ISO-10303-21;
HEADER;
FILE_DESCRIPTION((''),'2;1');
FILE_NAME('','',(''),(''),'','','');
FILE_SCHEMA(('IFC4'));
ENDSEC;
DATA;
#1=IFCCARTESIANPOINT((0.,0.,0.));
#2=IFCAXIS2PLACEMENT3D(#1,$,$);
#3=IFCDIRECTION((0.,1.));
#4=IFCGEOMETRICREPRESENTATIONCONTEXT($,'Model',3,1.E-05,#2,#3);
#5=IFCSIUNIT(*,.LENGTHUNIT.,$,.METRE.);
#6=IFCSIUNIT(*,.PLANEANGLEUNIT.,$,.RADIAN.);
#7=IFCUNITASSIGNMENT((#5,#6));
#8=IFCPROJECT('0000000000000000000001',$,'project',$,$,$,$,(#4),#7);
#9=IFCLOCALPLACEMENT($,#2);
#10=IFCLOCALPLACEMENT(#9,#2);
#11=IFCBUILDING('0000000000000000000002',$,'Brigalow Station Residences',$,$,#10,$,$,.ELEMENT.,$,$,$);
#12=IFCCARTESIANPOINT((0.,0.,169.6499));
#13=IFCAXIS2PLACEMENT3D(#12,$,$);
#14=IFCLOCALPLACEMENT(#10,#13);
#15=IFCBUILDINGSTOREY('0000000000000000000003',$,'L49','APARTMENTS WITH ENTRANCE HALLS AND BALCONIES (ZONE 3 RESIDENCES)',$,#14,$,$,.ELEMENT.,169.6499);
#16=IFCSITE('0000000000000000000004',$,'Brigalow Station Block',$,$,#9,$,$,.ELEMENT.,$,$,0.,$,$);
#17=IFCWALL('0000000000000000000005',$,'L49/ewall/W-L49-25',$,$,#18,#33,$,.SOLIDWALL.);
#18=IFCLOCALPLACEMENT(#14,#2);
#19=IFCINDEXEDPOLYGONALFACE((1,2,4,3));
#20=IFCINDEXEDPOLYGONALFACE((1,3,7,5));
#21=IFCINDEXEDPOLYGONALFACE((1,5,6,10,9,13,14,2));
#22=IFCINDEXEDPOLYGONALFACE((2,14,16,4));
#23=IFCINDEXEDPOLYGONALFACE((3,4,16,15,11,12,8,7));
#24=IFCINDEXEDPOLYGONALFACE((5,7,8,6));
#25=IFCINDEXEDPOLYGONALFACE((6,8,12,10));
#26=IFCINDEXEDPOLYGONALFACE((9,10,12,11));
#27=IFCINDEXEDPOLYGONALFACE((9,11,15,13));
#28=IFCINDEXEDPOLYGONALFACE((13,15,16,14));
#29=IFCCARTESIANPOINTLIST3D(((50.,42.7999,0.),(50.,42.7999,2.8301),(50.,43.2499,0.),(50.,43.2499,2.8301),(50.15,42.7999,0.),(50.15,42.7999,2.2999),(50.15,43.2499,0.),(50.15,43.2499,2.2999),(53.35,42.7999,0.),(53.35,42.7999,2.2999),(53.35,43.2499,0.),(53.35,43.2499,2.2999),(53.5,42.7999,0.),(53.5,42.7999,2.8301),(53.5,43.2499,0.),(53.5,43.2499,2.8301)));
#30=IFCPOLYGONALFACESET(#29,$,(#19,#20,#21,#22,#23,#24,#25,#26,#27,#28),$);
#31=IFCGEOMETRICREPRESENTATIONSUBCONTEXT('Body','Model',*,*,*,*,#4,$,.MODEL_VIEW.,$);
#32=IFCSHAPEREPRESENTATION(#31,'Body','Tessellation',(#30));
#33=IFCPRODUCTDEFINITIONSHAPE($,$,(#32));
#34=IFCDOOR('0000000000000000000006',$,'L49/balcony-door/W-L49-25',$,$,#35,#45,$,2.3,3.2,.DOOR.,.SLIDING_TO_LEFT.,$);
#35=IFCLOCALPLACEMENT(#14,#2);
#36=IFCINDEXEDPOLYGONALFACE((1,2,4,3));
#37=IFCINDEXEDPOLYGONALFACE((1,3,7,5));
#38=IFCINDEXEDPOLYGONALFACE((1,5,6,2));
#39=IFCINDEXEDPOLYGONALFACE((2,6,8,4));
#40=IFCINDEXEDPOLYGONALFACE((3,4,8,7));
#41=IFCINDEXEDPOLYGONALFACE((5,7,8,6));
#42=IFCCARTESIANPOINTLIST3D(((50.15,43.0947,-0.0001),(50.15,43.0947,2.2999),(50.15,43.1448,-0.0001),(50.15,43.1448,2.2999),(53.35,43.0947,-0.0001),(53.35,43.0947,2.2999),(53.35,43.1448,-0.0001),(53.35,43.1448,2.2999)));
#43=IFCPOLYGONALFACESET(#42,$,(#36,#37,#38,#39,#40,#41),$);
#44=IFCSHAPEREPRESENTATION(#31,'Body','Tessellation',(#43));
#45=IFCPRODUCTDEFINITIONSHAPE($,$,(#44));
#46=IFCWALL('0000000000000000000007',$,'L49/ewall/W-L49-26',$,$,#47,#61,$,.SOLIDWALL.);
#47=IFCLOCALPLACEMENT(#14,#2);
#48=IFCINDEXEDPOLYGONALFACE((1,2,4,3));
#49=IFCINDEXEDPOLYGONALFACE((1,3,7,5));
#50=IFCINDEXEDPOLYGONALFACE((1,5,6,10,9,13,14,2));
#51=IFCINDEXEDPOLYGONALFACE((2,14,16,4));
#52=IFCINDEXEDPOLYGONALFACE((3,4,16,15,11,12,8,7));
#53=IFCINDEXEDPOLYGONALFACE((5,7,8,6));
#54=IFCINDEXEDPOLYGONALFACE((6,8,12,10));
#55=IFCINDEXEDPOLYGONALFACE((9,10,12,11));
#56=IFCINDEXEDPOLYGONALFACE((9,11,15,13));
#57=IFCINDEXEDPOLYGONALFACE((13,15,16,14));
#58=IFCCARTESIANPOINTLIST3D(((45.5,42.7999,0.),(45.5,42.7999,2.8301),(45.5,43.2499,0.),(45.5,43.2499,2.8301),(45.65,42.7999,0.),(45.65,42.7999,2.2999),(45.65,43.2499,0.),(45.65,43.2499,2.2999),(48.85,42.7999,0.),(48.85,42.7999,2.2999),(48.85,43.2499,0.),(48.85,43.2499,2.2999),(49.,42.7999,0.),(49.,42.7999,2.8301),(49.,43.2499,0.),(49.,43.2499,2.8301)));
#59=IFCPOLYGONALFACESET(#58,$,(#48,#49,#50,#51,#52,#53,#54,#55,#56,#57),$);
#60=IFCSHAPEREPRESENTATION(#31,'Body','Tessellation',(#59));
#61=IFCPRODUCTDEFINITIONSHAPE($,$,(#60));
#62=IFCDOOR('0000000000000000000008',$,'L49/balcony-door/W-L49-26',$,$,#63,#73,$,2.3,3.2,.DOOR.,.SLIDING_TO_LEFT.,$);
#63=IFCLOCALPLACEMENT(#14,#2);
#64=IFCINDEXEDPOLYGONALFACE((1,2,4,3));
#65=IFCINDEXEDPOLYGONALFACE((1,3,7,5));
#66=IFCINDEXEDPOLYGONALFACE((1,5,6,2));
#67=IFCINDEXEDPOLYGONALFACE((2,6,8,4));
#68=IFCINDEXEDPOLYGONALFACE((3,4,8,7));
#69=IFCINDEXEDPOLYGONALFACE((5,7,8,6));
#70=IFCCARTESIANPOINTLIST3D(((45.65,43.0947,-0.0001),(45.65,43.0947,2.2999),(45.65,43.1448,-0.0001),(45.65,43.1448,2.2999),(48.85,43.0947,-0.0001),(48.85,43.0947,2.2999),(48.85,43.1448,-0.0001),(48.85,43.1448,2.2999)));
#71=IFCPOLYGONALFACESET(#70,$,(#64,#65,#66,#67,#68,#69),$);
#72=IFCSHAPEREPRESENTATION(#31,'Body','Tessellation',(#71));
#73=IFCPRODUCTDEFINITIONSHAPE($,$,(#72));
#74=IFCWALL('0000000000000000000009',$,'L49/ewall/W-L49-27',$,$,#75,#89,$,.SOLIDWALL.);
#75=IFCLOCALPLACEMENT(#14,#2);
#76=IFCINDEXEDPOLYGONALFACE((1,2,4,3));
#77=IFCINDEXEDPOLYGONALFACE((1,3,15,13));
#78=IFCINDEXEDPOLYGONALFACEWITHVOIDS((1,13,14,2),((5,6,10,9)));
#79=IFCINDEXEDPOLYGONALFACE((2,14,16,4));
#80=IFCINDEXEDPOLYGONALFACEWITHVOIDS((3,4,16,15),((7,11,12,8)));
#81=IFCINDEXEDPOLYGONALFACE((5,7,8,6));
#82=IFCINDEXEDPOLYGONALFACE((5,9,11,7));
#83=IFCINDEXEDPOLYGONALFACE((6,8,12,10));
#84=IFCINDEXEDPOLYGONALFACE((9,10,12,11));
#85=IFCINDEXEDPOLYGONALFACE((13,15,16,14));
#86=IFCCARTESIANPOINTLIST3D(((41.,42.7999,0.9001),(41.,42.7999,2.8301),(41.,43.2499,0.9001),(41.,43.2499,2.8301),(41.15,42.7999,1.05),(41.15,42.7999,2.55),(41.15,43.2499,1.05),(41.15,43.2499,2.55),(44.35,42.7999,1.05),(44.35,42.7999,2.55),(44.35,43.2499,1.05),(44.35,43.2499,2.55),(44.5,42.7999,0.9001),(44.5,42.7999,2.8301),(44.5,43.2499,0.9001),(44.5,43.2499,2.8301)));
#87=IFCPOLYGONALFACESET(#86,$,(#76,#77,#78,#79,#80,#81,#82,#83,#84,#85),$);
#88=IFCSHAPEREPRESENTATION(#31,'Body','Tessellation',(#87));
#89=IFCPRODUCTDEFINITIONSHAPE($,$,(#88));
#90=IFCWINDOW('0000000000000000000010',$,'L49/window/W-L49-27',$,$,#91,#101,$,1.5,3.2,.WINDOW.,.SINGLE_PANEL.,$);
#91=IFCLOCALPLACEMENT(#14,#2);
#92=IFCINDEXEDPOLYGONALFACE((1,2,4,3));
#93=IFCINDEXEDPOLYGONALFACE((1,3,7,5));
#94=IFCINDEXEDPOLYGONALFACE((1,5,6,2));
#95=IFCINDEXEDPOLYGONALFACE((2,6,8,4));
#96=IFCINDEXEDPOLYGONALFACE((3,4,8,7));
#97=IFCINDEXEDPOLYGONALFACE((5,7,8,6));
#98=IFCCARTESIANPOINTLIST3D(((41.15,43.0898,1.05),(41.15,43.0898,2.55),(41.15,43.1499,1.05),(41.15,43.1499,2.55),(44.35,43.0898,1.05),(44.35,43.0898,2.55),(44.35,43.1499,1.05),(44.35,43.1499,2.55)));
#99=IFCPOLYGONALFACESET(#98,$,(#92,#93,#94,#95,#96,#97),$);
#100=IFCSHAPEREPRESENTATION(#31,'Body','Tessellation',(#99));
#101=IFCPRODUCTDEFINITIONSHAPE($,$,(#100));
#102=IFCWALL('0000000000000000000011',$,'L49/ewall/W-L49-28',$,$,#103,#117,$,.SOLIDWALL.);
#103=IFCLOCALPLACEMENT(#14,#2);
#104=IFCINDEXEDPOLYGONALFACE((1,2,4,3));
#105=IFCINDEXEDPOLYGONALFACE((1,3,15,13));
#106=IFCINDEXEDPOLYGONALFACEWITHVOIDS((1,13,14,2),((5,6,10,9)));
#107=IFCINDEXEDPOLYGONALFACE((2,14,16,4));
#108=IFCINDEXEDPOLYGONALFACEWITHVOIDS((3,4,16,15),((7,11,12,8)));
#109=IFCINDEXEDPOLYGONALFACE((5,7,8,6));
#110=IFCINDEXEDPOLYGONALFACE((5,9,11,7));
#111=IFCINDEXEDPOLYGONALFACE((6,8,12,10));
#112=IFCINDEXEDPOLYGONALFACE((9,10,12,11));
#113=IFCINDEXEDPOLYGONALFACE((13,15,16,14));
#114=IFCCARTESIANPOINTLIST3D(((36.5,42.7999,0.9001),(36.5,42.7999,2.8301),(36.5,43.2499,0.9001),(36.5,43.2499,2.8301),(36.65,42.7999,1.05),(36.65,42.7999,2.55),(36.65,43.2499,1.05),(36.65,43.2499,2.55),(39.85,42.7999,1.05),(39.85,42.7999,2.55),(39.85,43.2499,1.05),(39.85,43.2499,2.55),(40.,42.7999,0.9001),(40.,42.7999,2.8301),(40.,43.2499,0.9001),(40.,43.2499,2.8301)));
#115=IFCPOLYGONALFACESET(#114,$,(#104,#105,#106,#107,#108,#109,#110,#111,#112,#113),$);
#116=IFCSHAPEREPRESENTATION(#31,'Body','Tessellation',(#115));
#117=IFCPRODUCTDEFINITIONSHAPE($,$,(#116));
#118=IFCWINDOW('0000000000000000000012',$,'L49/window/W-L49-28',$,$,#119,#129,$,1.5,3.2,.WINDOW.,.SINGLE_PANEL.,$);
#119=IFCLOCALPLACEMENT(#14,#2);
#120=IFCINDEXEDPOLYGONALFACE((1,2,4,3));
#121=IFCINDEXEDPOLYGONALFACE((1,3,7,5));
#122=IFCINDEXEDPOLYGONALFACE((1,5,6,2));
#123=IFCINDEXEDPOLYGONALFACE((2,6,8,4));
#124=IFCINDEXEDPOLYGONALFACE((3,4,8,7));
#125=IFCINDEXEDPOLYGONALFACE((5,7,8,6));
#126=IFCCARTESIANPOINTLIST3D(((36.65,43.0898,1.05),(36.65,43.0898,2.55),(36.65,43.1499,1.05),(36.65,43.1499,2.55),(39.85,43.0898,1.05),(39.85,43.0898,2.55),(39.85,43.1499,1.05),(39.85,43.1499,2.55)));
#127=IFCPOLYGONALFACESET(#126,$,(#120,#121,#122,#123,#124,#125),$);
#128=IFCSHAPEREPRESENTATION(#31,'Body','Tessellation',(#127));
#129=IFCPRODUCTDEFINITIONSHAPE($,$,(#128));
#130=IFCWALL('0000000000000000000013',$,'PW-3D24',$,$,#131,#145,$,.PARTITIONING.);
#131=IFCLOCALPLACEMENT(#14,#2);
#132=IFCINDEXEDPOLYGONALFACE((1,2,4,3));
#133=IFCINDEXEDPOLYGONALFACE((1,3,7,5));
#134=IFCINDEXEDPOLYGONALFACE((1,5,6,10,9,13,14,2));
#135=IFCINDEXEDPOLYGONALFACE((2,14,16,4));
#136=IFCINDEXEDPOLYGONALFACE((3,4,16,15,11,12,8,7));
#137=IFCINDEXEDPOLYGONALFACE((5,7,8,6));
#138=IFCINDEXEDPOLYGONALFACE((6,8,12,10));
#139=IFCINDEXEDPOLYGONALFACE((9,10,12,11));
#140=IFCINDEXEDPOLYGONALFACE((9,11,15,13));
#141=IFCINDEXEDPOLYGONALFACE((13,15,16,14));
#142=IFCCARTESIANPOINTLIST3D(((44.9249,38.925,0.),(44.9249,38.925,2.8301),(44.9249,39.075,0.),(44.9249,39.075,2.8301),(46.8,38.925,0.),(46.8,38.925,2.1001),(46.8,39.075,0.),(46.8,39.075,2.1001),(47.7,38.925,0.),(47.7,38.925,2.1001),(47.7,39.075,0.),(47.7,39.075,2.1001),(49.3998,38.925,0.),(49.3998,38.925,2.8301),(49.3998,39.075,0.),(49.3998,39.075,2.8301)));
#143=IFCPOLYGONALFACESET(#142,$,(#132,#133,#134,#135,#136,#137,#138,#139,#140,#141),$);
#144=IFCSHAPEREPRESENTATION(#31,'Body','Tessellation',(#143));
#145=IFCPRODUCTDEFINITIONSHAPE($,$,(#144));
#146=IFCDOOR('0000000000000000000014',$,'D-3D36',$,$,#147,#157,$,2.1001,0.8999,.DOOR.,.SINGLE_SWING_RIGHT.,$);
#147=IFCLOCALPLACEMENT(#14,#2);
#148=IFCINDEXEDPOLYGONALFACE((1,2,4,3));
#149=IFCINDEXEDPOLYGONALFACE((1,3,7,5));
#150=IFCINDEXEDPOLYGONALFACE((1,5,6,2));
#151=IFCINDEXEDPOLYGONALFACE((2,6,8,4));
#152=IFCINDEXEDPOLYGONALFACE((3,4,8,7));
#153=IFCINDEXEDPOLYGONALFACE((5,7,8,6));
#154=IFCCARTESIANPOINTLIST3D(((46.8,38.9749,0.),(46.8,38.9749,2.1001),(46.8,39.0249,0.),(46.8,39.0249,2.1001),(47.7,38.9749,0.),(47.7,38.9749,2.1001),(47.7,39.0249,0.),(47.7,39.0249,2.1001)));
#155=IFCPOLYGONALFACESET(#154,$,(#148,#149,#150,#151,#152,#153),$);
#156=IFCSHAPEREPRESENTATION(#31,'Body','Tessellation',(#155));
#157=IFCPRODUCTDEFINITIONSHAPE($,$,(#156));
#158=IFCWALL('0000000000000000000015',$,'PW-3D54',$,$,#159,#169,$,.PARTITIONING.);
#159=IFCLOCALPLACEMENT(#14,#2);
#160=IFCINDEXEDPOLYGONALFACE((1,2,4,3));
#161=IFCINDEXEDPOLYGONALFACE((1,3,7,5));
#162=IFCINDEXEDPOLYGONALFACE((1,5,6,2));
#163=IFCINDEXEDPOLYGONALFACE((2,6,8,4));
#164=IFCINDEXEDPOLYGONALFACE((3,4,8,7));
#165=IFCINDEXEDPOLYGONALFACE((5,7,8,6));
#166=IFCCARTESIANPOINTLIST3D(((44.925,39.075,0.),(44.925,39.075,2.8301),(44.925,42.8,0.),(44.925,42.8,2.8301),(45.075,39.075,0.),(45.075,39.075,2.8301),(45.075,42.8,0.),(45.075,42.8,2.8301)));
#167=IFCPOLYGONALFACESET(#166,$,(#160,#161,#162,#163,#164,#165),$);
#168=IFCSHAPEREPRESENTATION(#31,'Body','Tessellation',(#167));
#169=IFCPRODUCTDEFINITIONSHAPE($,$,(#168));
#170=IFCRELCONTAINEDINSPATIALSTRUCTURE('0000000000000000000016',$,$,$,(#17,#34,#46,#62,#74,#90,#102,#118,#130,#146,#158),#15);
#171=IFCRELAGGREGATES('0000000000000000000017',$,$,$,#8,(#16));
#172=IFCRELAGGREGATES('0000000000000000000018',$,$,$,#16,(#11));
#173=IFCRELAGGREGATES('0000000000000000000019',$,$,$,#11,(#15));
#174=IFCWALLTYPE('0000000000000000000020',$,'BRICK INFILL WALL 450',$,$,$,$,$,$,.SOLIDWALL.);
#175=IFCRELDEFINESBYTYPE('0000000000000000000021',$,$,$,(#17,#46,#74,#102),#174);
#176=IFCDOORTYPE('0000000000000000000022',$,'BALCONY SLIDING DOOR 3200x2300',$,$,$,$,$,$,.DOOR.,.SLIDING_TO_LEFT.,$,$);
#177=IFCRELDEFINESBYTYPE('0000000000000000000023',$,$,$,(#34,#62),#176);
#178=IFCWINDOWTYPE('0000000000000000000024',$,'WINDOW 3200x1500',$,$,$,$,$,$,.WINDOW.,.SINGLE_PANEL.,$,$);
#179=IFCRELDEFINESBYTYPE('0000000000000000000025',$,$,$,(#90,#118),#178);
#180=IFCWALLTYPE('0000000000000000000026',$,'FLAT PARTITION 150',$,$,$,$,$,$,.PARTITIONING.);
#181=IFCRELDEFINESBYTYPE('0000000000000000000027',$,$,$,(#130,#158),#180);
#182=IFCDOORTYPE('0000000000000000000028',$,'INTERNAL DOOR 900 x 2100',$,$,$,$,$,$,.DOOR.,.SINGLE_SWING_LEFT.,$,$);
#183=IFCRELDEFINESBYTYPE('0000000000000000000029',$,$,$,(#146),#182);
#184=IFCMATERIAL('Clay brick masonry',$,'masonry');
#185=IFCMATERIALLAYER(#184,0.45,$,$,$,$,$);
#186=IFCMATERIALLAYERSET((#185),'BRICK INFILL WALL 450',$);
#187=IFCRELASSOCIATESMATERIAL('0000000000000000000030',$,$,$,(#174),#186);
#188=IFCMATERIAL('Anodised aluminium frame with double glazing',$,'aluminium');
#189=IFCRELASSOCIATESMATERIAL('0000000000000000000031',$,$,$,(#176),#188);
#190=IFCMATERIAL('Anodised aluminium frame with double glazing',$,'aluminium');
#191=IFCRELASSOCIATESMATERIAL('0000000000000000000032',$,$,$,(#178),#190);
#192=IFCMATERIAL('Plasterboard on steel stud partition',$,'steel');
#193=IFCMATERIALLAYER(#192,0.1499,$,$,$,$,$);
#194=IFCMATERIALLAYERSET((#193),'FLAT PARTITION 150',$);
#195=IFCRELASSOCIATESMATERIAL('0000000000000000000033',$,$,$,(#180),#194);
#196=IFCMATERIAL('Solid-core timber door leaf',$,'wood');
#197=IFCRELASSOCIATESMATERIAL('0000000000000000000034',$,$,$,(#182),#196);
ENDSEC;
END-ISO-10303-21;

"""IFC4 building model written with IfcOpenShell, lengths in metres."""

from ifc_helpers import new_model, si_unit, direction, frame, frame_2d, origin, place, context, subcontext, project, spatial, rectangle, extrude, material, layer, layer_set, type_object, element, fill, save


model = new_model("IFC4")

# Units and contexts
model_context = context("Model", 3, precision=1e-05, world=origin(), true_north=direction((0.0, 1.0)))
body_context = subcontext(model_context, "Body", "Model", "MODEL_VIEW")
ifc_project = project(units=[si_unit("LENGTHUNIT", "METRE"), si_unit("PLANEANGLEUNIT", "RADIAN")], contexts=[model_context])

# Site, building, storey
site_placement = place(None, origin())
site = spatial("IfcSite", under=ifc_project, at=site_placement, Name="Brigalow Station Block", CompositionType="ELEMENT", RefElevation=0.0)
building_placement = place(site_placement, origin())
building = spatial("IfcBuilding", under=site, at=building_placement, Name="Brigalow Station Residences", CompositionType="ELEMENT")
storey_placement = place(building_placement, frame((0.0, 0.0, 169.6499)))
storey = spatial("IfcBuildingStorey", under=building, at=storey_placement, Name="L49", Description="APARTMENTS WITH ENTRANCE HALLS AND BALCONIES (ZONE 3 RESIDENCES)", CompositionType="ELEMENT", Elevation=169.6499)

# Walls, openings, doors
ifc_material_1 = material(Name="Clay brick masonry", Category="masonry")
ifc_layer_1 = layer(ifc_material_1, 0.45)
ifc_layer_set_1 = layer_set([ifc_layer_1], Name="BRICK INFILL WALL 450")
wall_type_1 = type_object("IfcWallType", Name="BRICK INFILL WALL 450", PredefinedType="SOLIDWALL", material=ifc_layer_set_1)
wall_1_placement = place(storey_placement, frame((53.5, 43.0249, 0.0), z_axis=(0.0, 0.0, 1.0), x_axis=(-1.0, 0.0, 0.0)))
wall_1 = element("IfcWall", 1, at=wall_1_placement, inside=storey, type_object=wall_type_1, Name="L49/ewall/W-L49-25", PredefinedType="SOLIDWALL", context=body_context, shape_type="SweptSolid", body=[
    extrude(rectangle(XDim=3.5, YDim=0.45, at=frame_2d((1.75, 0.0))), origin(), (0.0, 0.0, 1.0), 2.8301),
])
opening_1_placement = place(wall_1_placement, frame((0.1499, 0.0, 0.0)))
opening_1 = element("IfcOpeningElement", 2, at=opening_1_placement, cuts=wall_1, PredefinedType="OPENING", context=body_context, shape_type="SweptSolid", body=[
    extrude(rectangle(XDim=3.2, YDim=2.3, at=frame_2d((1.6001, 1.1499))), frame((0.0, 0.2349, 0.0), z_axis=(0.0, -1.0, 0.0), x_axis=(1.0, 0.0, 0.0)), (0.0, 0.0, 1.0), 0.47),
])
ifc_material_2 = material(Name="Anodised aluminium frame with double glazing", Category="aluminium")
door_type_1 = type_object("IfcDoorType", Name="BALCONY SLIDING DOOR 3200x2300", OperationType="SLIDING_TO_LEFT", PredefinedType="DOOR", material=ifc_material_2)
door_1_placement = place(opening_1_placement, origin())
door_1 = element("IfcDoor", 3, at=door_1_placement, inside=storey, type_object=door_type_1, Name="L49/balcony-door/W-L49-25", OperationType="SLIDING_TO_LEFT", OverallHeight=2.3, OverallWidth=3.2, PredefinedType="DOOR", context=body_context, shape_type="SweptSolid", body=[
    extrude(rectangle(XDim=3.2, YDim=2.3, at=frame_2d((1.6001, 1.1499))), frame((0.0, -0.0698, 0.0), z_axis=(0.0, -1.0, 0.0), x_axis=(1.0, 0.0, 0.0)), (0.0, 0.0, 1.0), 0.05),
])
fill(opening_1, door_1)
wall_2_placement = place(storey_placement, frame((49.0, 43.0249, 0.0), z_axis=(0.0, 0.0, 1.0), x_axis=(-1.0, 0.0, 0.0)))
wall_2 = element("IfcWall", 4, at=wall_2_placement, inside=storey, type_object=wall_type_1, Name="L49/ewall/W-L49-26", PredefinedType="SOLIDWALL", context=body_context, shape_type="SweptSolid", body=[
    extrude(rectangle(XDim=3.5, YDim=0.45, at=frame_2d((1.75, 0.0))), origin(), (0.0, 0.0, 1.0), 2.8301),
])
opening_2_placement = place(wall_2_placement, frame((0.1499, 0.0, 0.0)))
opening_2 = element("IfcOpeningElement", 5, at=opening_2_placement, cuts=wall_2, PredefinedType="OPENING", context=body_context, shape_type="SweptSolid", body=[
    extrude(rectangle(XDim=3.2, YDim=2.3, at=frame_2d((1.6001, 1.1499))), frame((0.0, 0.2349, 0.0), z_axis=(0.0, -1.0, 0.0), x_axis=(1.0, 0.0, 0.0)), (0.0, 0.0, 1.0), 0.47),
])
door_2_placement = place(opening_2_placement, origin())
door_2 = element("IfcDoor", 6, at=door_2_placement, inside=storey, type_object=door_type_1, Name="L49/balcony-door/W-L49-26", OperationType="SLIDING_TO_LEFT", OverallHeight=2.3, OverallWidth=3.2, PredefinedType="DOOR", context=body_context, shape_type="SweptSolid", body=[
    extrude(rectangle(XDim=3.2, YDim=2.3, at=frame_2d((1.6001, 1.1499))), frame((0.0, -0.0698, 0.0), z_axis=(0.0, -1.0, 0.0), x_axis=(1.0, 0.0, 0.0)), (0.0, 0.0, 1.0), 0.05),
])
fill(opening_2, door_2)

# Walls, openings, windows
wall_3_placement = place(storey_placement, frame((44.5, 43.0249, 0.9001), z_axis=(0.0, 0.0, 1.0), x_axis=(-1.0, 0.0, 0.0)))
wall_3 = element("IfcWall", 7, at=wall_3_placement, inside=storey, type_object=wall_type_1, Name="L49/ewall/W-L49-27", PredefinedType="SOLIDWALL", context=body_context, shape_type="SweptSolid", body=[
    extrude(rectangle(XDim=3.5, YDim=0.45, at=frame_2d((1.75, 0.0))), origin(), (0.0, 0.0, 1.0), 1.9299),
])
opening_3_placement = place(wall_3_placement, frame((0.1499, 0.0, 0.1499)))
opening_3 = element("IfcOpeningElement", 8, at=opening_3_placement, cuts=wall_3, PredefinedType="OPENING", context=body_context, shape_type="SweptSolid", body=[
    extrude(rectangle(XDim=3.2, YDim=1.5, at=frame_2d((1.6001, 0.75))), frame((0.0, 0.2349, 0.0), z_axis=(0.0, -1.0, 0.0), x_axis=(1.0, 0.0, 0.0)), (0.0, 0.0, 1.0), 0.47),
])
ifc_material_3 = material(Name="Anodised aluminium frame with double glazing", Category="aluminium")
window_type = type_object("IfcWindowType", Name="WINDOW 3200x1500", PartitioningType="SINGLE_PANEL", PredefinedType="WINDOW", material=ifc_material_3)
window_1_placement = place(opening_3_placement, origin())
window_1 = element("IfcWindow", 9, at=window_1_placement, inside=storey, type_object=window_type, Name="L49/window/W-L49-27", OverallHeight=1.5, OverallWidth=3.2, PartitioningType="SINGLE_PANEL", PredefinedType="WINDOW", context=body_context, shape_type="SweptSolid", body=[
    extrude(rectangle(XDim=3.2, YDim=1.5, at=frame_2d((1.6001, 0.75))), frame((0.0, -0.0649, 0.0), z_axis=(0.0, -1.0, 0.0), x_axis=(1.0, 0.0, 0.0)), (0.0, 0.0, 1.0), 0.0601),
])
fill(opening_3, window_1)
wall_4_placement = place(storey_placement, frame((40.0, 43.0249, 0.9001), z_axis=(0.0, 0.0, 1.0), x_axis=(-1.0, 0.0, 0.0)))
wall_4 = element("IfcWall", 10, at=wall_4_placement, inside=storey, type_object=wall_type_1, Name="L49/ewall/W-L49-28", PredefinedType="SOLIDWALL", context=body_context, shape_type="SweptSolid", body=[
    extrude(rectangle(XDim=3.5, YDim=0.45, at=frame_2d((1.75, 0.0))), origin(), (0.0, 0.0, 1.0), 1.9299),
])
opening_4_placement = place(wall_4_placement, frame((0.1499, 0.0, 0.1499)))
opening_4 = element("IfcOpeningElement", 11, at=opening_4_placement, cuts=wall_4, PredefinedType="OPENING", context=body_context, shape_type="SweptSolid", body=[
    extrude(rectangle(XDim=3.2, YDim=1.5, at=frame_2d((1.6001, 0.75))), frame((0.0, 0.2349, 0.0), z_axis=(0.0, -1.0, 0.0), x_axis=(1.0, 0.0, 0.0)), (0.0, 0.0, 1.0), 0.47),
])
window_2_placement = place(opening_4_placement, origin())
window_2 = element("IfcWindow", 12, at=window_2_placement, inside=storey, type_object=window_type, Name="L49/window/W-L49-28", OverallHeight=1.5, OverallWidth=3.2, PartitioningType="SINGLE_PANEL", PredefinedType="WINDOW", context=body_context, shape_type="SweptSolid", body=[
    extrude(rectangle(XDim=3.2, YDim=1.5, at=frame_2d((1.6001, 0.75))), frame((0.0, -0.0649, 0.0), z_axis=(0.0, -1.0, 0.0), x_axis=(1.0, 0.0, 0.0)), (0.0, 0.0, 1.0), 0.0601),
])
fill(opening_4, window_2)

# Wall, opening, door
ifc_material_4 = material(Name="Plasterboard on steel stud partition", Category="steel")
ifc_layer_2 = layer(ifc_material_4, 0.1499)
ifc_layer_set_2 = layer_set([ifc_layer_2], Name="FLAT PARTITION 150")
wall_type_2 = type_object("IfcWallType", Name="FLAT PARTITION 150", PredefinedType="PARTITIONING", material=ifc_layer_set_2)
wall_5_placement = place(storey_placement, frame((44.925, 39.0, 0.0), z_axis=(0.0, 0.0, 1.0), x_axis=(1.0, 0.0, 0.0)))
wall_5 = element("IfcWall", 13, at=wall_5_placement, inside=storey, type_object=wall_type_2, Name="PW-3D24", PredefinedType="PARTITIONING", context=body_context, shape_type="SweptSolid", body=[
    extrude(rectangle(XDim=4.4749, YDim=0.1499, at=frame_2d((2.2373, 0.0))), origin(), (0.0, 0.0, 1.0), 2.8301),
])
opening_5_placement = place(wall_5_placement, frame((1.875, 0.0, 0.0)))
opening_5 = element("IfcOpeningElement", 14, at=opening_5_placement, cuts=wall_5, PredefinedType="OPENING", context=body_context, shape_type="SweptSolid", body=[
    extrude(rectangle(XDim=0.8999, YDim=2.1001, at=frame_2d((0.45, 1.05))), frame((0.0, 0.085, 0.0), z_axis=(0.0, -1.0, 0.0), x_axis=(1.0, 0.0, 0.0)), (0.0, 0.0, 1.0), 0.1699),
])
ifc_material_5 = material(Name="Solid-core timber door leaf", Category="wood")
door_type_2 = type_object("IfcDoorType", Name="INTERNAL DOOR 900 x 2100", OperationType="SINGLE_SWING_LEFT", PredefinedType="DOOR", material=ifc_material_5)
door_3_placement = place(opening_5_placement, origin())
door_3 = element("IfcDoor", 15, at=door_3_placement, inside=storey, type_object=door_type_2, Name="D-3D36", OperationType="SINGLE_SWING_RIGHT", OverallHeight=2.1001, OverallWidth=0.8999, PredefinedType="DOOR", context=body_context, shape_type="SweptSolid", body=[
    extrude(rectangle(XDim=0.8999, YDim=2.1001, at=frame_2d((0.45, 1.05))), frame((0.0, 0.0249, 0.0), z_axis=(0.0, -1.0, 0.0), x_axis=(1.0, 0.0, 0.0)), (0.0, 0.0, 1.0), 0.05),
])
fill(opening_5, door_3)

# Wall
wall_6_placement = place(storey_placement, frame((45.0, 39.075, 0.0), z_axis=(0.0, 0.0, 1.0), x_axis=(0.0, 1.0, 0.0)))
element("IfcWall", 16, at=wall_6_placement, inside=storey, type_object=wall_type_2, Name="PW-3D54", PredefinedType="PARTITIONING", context=body_context, shape_type="SweptSolid", body=[
    extrude(rectangle(XDim=3.7251, YDim=0.1499, at=frame_2d((1.8625, 0.0))), origin(), (0.0, 0.0, 1.0), 2.8301),
])

save(model, "model.ifc")
